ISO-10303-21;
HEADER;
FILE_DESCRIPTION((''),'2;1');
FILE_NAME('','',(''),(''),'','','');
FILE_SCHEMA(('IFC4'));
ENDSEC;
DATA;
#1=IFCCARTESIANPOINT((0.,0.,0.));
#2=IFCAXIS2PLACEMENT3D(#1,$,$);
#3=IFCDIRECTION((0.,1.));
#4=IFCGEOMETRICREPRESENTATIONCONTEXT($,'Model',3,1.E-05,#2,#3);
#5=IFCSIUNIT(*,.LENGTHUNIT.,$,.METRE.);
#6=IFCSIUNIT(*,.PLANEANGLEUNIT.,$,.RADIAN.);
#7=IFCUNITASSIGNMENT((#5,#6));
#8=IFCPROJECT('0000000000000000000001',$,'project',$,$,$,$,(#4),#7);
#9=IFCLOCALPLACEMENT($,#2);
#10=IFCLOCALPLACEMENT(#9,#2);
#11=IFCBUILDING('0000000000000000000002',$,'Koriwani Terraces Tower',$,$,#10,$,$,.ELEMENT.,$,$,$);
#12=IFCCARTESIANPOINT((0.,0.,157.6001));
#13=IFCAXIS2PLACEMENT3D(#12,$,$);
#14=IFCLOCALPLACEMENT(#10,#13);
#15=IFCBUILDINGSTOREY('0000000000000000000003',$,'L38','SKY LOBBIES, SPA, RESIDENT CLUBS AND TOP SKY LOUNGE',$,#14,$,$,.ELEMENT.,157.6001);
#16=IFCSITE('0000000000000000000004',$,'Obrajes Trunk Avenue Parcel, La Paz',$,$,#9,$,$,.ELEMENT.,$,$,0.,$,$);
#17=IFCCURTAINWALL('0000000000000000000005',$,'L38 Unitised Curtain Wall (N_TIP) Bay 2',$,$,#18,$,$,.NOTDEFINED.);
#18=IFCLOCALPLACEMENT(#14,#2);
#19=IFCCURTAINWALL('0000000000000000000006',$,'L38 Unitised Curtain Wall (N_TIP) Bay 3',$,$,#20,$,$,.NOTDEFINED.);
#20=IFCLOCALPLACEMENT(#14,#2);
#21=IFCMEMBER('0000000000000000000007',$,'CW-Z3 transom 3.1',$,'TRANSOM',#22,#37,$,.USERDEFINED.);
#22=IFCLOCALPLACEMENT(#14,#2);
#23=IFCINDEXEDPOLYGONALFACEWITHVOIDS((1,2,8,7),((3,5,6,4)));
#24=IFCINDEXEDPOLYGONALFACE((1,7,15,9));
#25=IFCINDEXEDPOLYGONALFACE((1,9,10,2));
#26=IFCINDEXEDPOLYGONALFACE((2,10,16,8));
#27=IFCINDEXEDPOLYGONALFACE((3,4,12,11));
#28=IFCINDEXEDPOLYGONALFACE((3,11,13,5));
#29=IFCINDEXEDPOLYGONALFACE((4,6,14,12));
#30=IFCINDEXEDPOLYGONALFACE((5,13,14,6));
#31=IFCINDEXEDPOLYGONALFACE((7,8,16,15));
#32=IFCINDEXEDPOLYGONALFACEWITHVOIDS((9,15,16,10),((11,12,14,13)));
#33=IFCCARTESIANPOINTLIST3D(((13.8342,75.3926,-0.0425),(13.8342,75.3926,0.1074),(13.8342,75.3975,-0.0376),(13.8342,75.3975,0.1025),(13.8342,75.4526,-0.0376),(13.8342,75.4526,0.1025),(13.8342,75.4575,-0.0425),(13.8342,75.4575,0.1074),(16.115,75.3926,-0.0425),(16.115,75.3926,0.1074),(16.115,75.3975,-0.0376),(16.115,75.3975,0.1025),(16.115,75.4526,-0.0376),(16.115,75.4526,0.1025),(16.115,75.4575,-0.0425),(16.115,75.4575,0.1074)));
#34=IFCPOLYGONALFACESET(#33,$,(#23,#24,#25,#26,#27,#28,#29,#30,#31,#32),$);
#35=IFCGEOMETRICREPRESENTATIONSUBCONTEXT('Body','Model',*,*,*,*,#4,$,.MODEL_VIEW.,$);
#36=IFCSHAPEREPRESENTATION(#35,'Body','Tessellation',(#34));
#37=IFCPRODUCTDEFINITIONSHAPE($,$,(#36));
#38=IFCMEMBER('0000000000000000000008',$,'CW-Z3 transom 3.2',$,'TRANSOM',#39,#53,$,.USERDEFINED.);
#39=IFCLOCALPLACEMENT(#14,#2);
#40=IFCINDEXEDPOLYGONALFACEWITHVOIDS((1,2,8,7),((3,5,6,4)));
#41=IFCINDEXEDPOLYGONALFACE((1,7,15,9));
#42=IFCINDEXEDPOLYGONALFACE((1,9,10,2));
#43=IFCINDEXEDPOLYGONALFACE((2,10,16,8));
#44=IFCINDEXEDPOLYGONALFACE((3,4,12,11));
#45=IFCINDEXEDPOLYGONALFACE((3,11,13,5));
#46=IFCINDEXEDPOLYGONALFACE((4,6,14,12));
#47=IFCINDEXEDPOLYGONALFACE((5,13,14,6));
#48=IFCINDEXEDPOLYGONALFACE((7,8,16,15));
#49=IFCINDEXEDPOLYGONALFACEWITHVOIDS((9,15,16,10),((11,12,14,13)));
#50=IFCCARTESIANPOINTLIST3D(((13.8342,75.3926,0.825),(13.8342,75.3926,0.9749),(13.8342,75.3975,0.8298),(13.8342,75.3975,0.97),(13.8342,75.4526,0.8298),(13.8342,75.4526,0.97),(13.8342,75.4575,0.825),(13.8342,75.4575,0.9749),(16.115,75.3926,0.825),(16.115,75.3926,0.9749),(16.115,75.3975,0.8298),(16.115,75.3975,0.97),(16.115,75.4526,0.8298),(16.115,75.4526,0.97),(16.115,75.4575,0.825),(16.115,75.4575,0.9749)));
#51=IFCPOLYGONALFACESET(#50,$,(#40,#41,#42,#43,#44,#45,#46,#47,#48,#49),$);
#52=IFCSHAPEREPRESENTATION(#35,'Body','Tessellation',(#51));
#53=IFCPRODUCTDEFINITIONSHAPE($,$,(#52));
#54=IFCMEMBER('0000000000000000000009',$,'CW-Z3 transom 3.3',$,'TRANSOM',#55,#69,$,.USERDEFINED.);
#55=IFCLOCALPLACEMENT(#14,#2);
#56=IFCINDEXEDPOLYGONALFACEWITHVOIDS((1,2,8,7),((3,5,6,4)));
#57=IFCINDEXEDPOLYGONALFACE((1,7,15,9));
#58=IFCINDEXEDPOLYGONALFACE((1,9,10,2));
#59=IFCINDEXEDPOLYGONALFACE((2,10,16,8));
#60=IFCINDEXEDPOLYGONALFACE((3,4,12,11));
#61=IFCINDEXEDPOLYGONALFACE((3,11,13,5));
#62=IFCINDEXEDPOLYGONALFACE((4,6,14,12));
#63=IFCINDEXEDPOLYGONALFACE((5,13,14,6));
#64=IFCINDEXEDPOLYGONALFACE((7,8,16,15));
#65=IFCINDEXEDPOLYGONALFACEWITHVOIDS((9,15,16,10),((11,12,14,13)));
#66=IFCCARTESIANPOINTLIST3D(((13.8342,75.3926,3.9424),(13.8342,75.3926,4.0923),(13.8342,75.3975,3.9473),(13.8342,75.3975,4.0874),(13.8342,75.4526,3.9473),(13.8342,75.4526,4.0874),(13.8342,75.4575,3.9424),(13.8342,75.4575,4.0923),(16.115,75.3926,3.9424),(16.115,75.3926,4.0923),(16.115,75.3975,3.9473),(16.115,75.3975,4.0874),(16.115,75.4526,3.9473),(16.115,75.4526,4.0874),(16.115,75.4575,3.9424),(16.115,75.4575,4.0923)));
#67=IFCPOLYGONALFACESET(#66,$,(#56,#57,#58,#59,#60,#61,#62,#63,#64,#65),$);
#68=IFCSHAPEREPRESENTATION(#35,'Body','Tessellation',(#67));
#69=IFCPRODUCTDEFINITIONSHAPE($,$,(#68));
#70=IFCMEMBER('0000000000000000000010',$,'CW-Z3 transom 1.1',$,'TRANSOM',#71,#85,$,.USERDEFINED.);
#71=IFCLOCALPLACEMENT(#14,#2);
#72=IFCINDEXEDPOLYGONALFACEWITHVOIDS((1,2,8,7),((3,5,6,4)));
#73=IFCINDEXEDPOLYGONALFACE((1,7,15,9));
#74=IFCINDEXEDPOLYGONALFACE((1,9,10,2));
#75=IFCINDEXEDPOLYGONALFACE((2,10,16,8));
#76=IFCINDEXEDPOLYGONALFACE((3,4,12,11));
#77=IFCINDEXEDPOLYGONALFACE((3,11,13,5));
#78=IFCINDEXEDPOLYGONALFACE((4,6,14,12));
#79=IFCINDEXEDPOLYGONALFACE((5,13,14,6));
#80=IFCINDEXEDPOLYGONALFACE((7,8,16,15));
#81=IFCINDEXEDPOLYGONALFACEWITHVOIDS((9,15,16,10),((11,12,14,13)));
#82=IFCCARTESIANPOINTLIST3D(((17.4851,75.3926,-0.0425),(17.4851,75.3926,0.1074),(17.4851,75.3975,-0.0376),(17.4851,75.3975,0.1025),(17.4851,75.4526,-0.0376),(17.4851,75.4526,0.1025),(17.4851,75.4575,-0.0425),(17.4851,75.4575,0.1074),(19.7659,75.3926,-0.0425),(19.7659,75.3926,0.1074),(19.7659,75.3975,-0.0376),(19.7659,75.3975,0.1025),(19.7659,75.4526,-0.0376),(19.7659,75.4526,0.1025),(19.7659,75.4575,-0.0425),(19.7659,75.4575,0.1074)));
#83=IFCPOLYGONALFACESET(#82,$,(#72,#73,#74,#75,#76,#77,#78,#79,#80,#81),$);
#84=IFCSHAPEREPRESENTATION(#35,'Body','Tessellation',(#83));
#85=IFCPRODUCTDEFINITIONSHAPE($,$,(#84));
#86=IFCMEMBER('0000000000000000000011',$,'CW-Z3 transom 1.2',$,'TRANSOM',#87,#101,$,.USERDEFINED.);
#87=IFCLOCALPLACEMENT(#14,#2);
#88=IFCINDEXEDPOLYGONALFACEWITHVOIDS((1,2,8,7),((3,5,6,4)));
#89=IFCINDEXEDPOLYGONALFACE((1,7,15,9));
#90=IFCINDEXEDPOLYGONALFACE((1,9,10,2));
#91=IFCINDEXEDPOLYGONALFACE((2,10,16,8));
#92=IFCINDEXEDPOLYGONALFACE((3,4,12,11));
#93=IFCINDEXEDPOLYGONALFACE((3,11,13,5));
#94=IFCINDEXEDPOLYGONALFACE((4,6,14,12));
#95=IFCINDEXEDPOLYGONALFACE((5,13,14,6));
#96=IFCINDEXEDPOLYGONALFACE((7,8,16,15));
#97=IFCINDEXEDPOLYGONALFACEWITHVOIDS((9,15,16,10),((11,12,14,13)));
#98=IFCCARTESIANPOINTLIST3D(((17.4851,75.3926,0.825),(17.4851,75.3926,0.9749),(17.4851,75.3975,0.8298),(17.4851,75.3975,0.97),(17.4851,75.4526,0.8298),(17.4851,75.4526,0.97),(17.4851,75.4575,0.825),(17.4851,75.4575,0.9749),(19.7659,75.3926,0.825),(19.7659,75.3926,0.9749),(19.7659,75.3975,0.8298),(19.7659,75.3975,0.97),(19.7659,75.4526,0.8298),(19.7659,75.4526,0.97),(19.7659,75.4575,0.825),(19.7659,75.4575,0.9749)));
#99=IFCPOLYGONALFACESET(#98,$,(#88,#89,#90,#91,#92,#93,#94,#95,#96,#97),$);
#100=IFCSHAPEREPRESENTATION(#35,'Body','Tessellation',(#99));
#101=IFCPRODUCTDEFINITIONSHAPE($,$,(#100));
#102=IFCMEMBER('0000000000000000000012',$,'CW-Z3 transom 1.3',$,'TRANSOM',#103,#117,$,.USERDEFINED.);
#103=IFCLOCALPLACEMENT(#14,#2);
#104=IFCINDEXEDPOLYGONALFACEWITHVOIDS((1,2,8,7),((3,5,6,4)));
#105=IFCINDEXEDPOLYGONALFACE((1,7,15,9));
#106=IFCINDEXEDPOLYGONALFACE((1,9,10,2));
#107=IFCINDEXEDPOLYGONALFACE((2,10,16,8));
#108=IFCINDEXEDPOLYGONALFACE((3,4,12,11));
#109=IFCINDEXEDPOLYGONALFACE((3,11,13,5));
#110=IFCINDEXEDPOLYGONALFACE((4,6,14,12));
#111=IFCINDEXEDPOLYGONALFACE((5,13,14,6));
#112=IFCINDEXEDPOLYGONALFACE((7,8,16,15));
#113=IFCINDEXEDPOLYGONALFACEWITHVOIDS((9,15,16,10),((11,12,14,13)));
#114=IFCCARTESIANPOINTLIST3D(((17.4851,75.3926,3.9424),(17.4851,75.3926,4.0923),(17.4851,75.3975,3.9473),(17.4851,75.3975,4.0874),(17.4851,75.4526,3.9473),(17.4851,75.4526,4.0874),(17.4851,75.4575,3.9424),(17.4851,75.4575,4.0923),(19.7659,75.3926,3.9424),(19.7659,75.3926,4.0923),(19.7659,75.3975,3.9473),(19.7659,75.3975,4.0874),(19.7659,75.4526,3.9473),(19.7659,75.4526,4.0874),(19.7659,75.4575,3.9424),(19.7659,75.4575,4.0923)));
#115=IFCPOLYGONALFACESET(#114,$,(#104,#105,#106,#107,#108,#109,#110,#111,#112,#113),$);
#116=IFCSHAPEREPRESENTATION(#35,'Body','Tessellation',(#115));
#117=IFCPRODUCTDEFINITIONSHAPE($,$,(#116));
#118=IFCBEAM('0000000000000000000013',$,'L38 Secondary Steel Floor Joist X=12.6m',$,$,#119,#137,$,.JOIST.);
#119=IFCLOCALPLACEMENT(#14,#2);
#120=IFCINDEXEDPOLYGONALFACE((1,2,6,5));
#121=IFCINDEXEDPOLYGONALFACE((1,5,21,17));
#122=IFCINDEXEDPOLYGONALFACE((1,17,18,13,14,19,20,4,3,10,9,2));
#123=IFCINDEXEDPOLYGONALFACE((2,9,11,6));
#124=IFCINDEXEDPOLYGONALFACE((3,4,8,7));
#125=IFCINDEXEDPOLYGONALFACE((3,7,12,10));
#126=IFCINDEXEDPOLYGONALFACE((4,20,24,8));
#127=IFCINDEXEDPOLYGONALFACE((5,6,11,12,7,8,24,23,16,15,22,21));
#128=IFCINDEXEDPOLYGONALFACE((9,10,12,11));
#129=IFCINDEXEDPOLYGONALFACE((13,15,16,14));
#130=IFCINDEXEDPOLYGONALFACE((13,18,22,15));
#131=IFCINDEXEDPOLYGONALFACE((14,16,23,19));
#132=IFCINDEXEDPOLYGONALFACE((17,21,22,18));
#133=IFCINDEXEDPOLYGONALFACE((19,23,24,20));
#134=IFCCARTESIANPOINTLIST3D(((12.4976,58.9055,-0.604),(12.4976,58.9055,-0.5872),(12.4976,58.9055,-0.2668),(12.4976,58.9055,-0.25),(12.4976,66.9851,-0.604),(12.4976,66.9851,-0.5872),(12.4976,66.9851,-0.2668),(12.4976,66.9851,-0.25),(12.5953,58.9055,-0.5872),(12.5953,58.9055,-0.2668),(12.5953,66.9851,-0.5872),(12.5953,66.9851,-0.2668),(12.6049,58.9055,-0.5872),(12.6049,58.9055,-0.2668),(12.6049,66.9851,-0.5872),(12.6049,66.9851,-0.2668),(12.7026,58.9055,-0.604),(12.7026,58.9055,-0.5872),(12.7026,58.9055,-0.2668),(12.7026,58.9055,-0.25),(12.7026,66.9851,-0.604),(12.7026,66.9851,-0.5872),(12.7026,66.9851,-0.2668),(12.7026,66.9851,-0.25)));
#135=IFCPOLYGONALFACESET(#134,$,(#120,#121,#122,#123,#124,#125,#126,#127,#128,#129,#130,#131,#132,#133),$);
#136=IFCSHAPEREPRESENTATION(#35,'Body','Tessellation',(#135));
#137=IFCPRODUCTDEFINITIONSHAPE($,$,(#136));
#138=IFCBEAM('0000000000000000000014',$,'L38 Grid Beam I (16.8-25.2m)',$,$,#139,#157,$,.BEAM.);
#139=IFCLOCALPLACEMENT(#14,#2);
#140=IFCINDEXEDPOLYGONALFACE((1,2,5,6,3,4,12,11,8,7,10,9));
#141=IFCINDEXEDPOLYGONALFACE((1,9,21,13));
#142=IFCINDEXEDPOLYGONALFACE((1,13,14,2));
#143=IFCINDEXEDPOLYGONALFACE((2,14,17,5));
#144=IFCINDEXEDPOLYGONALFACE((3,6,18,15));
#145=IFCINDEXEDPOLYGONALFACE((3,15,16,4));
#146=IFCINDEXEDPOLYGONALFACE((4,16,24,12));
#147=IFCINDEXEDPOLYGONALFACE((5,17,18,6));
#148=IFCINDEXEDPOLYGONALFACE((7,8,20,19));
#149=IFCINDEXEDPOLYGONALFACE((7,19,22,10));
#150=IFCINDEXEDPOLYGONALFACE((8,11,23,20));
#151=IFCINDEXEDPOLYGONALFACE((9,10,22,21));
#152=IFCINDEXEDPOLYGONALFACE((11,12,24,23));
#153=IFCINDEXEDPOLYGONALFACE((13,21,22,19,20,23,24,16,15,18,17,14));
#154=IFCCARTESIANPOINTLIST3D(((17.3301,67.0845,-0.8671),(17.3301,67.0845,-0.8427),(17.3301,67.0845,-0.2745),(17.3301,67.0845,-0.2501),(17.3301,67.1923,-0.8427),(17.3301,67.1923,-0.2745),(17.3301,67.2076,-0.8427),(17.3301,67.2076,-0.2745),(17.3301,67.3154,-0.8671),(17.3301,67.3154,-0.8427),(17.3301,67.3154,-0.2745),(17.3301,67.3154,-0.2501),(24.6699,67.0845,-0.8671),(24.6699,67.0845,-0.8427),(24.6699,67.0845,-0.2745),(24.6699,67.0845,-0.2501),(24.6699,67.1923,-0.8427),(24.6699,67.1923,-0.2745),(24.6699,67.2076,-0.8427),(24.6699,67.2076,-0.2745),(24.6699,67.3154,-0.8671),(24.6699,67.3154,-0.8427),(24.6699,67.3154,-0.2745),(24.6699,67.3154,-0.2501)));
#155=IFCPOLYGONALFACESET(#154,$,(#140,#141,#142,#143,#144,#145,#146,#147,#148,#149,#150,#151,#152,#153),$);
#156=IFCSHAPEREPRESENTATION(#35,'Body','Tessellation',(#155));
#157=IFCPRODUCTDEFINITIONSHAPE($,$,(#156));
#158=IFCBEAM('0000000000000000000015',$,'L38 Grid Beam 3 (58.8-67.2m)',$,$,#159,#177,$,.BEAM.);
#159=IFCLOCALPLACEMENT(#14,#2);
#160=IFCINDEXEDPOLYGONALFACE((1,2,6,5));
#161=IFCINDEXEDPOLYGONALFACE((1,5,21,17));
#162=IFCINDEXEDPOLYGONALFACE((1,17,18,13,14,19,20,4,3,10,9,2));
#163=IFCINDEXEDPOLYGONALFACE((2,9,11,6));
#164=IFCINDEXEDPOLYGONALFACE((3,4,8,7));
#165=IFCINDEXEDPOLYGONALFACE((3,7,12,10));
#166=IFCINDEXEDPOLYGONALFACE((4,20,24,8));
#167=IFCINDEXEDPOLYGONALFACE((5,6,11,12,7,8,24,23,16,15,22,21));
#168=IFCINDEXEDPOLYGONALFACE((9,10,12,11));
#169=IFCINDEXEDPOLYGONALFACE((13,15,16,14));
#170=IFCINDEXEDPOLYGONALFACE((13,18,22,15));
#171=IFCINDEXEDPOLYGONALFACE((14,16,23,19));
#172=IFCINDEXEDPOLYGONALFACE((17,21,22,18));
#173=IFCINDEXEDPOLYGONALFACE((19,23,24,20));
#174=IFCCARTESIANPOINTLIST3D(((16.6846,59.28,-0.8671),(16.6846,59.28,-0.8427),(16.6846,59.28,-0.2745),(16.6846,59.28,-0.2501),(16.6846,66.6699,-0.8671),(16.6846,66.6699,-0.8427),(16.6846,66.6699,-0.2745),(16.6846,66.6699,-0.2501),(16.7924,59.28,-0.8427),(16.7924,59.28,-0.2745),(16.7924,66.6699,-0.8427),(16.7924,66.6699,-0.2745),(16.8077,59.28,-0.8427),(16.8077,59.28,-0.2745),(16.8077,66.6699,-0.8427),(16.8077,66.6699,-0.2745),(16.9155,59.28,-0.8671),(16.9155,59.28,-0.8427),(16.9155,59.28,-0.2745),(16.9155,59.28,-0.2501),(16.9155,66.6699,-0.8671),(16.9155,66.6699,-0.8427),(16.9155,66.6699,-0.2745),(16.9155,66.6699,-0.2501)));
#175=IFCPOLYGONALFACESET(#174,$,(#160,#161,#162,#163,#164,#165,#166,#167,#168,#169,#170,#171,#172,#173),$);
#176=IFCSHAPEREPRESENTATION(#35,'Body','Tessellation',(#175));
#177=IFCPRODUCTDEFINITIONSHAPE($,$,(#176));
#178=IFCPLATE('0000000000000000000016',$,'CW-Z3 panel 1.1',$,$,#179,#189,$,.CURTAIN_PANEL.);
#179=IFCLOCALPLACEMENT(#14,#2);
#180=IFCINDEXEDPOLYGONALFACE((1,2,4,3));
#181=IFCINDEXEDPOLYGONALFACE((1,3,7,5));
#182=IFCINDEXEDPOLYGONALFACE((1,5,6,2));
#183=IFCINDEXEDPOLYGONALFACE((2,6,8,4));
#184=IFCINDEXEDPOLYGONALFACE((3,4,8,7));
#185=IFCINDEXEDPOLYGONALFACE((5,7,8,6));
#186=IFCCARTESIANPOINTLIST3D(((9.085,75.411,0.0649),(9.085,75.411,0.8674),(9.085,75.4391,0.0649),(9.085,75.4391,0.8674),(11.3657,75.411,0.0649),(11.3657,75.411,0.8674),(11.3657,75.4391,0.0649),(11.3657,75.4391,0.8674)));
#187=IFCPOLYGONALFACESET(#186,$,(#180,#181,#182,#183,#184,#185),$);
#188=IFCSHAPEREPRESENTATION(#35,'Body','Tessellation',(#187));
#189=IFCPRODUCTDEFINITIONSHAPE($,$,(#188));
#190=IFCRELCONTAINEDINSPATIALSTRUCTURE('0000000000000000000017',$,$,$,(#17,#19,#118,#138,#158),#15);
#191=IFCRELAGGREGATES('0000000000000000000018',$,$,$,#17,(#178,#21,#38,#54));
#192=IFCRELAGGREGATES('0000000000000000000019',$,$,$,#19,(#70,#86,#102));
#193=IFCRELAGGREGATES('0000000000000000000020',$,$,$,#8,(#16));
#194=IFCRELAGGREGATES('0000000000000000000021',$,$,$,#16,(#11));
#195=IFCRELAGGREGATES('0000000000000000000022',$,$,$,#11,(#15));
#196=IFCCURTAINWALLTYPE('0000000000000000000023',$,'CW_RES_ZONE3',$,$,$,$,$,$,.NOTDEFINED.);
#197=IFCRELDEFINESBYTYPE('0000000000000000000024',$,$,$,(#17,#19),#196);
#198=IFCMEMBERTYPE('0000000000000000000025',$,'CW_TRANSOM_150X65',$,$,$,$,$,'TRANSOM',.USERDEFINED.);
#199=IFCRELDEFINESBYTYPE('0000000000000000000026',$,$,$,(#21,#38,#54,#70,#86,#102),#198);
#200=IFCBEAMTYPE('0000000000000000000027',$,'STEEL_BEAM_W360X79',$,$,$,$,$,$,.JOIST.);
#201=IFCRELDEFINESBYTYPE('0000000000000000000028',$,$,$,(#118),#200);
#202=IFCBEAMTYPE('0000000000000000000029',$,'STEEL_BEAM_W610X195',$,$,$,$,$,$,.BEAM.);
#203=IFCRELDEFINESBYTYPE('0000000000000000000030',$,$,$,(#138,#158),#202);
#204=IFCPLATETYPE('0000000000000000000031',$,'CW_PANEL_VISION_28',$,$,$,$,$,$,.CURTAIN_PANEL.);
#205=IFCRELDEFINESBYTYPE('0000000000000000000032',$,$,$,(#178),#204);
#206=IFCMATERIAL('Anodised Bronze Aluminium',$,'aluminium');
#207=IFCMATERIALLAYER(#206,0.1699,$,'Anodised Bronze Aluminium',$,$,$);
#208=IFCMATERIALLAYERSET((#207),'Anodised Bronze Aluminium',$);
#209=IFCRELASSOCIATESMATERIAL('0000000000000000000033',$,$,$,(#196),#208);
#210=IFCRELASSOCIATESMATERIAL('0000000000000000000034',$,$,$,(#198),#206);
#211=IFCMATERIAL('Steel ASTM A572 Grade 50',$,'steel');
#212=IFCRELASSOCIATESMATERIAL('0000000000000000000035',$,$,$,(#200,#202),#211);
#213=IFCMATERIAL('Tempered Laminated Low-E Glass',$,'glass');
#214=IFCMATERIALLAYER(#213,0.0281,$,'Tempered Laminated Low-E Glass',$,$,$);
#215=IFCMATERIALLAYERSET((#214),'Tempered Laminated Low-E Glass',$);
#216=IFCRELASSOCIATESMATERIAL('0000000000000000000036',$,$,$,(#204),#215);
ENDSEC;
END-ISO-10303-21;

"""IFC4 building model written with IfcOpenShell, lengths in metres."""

from ifc_helpers import new_model, si_unit, direction, frame, origin, origin_2d, place, context, subcontext, project, spatial, rectangle, hollow_rectangle, i_section, extrude, material, layer, layer_set, material_profile, profile_set, type_object, element, aggregate, save


model = new_model("IFC4")

# Units and contexts
model_context = context("Model", 3, precision=1e-05, world=origin(), true_north=direction((0.0, 1.0)))
body_context = subcontext(model_context, "Body", "Model", "MODEL_VIEW")
ifc_project = project(units=[si_unit("LENGTHUNIT", "METRE"), si_unit("PLANEANGLEUNIT", "RADIAN")], contexts=[model_context])

# Site, building, storey
site_placement = place(None, origin())
site = spatial("IfcSite", under=ifc_project, at=site_placement, Name="Obrajes Trunk Avenue Parcel, La Paz", CompositionType="ELEMENT", RefElevation=0.0)
building_placement = place(site_placement, origin())
building = spatial("IfcBuilding", under=site, at=building_placement, Name="Koriwani Terraces Tower", CompositionType="ELEMENT")
storey_placement = place(building_placement, frame((0.0, 0.0, 157.6001)))
storey = spatial("IfcBuildingStorey", under=building, at=storey_placement, Name="L38", Description="SKY LOBBIES, SPA, RESIDENT CLUBS AND TOP SKY LOUNGE", CompositionType="ELEMENT", Elevation=157.6001)

# Curtain wall
ifc_material_1 = material(Name="Anodised Bronze Aluminium", Category="aluminium")
ifc_layer_1 = layer(ifc_material_1, 0.1699, Name="Anodised Bronze Aluminium")
ifc_layer_set_1 = layer_set([ifc_layer_1], Name="Anodised Bronze Aluminium")
curtain_wall_type = type_object("IfcCurtainWallType", Name="CW_RES_ZONE3", PredefinedType="NOTDEFINED", material=ifc_layer_set_1)
curtain_wall_1_placement = place(storey_placement, origin())
curtain_wall_1 = element("IfcCurtainWall", 1, at=curtain_wall_1_placement, inside=storey, type_object=curtain_wall_type, Name="L38 Unitised Curtain Wall (N_TIP) Bay 2", PredefinedType="NOTDEFINED")

# Curtain wall
curtain_wall_2_placement = place(storey_placement, origin())
curtain_wall_2 = element("IfcCurtainWall", 2, at=curtain_wall_2_placement, inside=storey, type_object=curtain_wall_type, Name="L38 Unitised Curtain Wall (N_TIP) Bay 3", PredefinedType="NOTDEFINED")

# Members
ifc_material_profile_1 = material_profile(ifc_material_1, hollow_rectangle(XDim=0.0649, YDim=0.1499, WallThickness=0.0049, at=origin_2d()), Name="Anodised Bronze Aluminium", Category="LoadBearing")
ifc_profile_set_1 = profile_set([ifc_material_profile_1], Name="Anodised Bronze Aluminium")
member_type_1 = type_object("IfcMemberType", Name="CW_TRANSOM_150X65", ElementType="TRANSOM", PredefinedType="USERDEFINED", material=ifc_profile_set_1)
member_1_placement = place(storey_placement, frame((13.8342, 75.425, 0.0325), z_axis=(1.0, 0.0, 0.0), x_axis=(0.0, 1.0, 0.0)))
member_1 = element("IfcMember", 3, at=member_1_placement, type_object=member_type_1, Name="CW-Z3 transom 3.1", ObjectType="TRANSOM", PredefinedType="USERDEFINED", context=body_context, shape_type="SweptSolid", body=[
    extrude(hollow_rectangle(XDim=0.0649, YDim=0.1499, WallThickness=0.0049, at=origin_2d()), origin(), (0.0, 0.0, 1.0), 2.2808),
])
member_2_placement = place(storey_placement, frame((13.8342, 75.425, 0.8999), z_axis=(1.0, 0.0, 0.0), x_axis=(0.0, 1.0, 0.0)))
member_2 = element("IfcMember", 4, at=member_2_placement, type_object=member_type_1, Name="CW-Z3 transom 3.2", ObjectType="TRANSOM", PredefinedType="USERDEFINED", context=body_context, shape_type="SweptSolid", body=[
    extrude(hollow_rectangle(XDim=0.0649, YDim=0.1499, WallThickness=0.0049, at=origin_2d()), origin(), (0.0, 0.0, 1.0), 2.2808),
])
member_3_placement = place(storey_placement, frame((13.8342, 75.425, 4.0173), z_axis=(1.0, 0.0, 0.0), x_axis=(0.0, 1.0, 0.0)))
member_3 = element("IfcMember", 5, at=member_3_placement, type_object=member_type_1, Name="CW-Z3 transom 3.3", ObjectType="TRANSOM", PredefinedType="USERDEFINED", context=body_context, shape_type="SweptSolid", body=[
    extrude(hollow_rectangle(XDim=0.0649, YDim=0.1499, WallThickness=0.0049, at=origin_2d()), origin(), (0.0, 0.0, 1.0), 2.2808),
])
member_4_placement = place(storey_placement, frame((17.4851, 75.425, 0.0325), z_axis=(1.0, 0.0, 0.0), x_axis=(0.0, 1.0, 0.0)))
member_4 = element("IfcMember", 6, at=member_4_placement, type_object=member_type_1, Name="CW-Z3 transom 1.1", ObjectType="TRANSOM", PredefinedType="USERDEFINED", context=body_context, shape_type="SweptSolid", body=[
    extrude(hollow_rectangle(XDim=0.0649, YDim=0.1499, WallThickness=0.0049, at=origin_2d()), origin(), (0.0, 0.0, 1.0), 2.2808),
])
member_5_placement = place(storey_placement, frame((17.4851, 75.425, 0.8999), z_axis=(1.0, 0.0, 0.0), x_axis=(0.0, 1.0, 0.0)))
member_5 = element("IfcMember", 7, at=member_5_placement, type_object=member_type_1, Name="CW-Z3 transom 1.2", ObjectType="TRANSOM", PredefinedType="USERDEFINED", context=body_context, shape_type="SweptSolid", body=[
    extrude(hollow_rectangle(XDim=0.0649, YDim=0.1499, WallThickness=0.0049, at=origin_2d()), origin(), (0.0, 0.0, 1.0), 2.2808),
])
member_6_placement = place(storey_placement, frame((17.4851, 75.425, 4.0173), z_axis=(1.0, 0.0, 0.0), x_axis=(0.0, 1.0, 0.0)))
member_6 = element("IfcMember", 8, at=member_6_placement, type_object=member_type_1, Name="CW-Z3 transom 1.3", ObjectType="TRANSOM", PredefinedType="USERDEFINED", context=body_context, shape_type="SweptSolid", body=[
    extrude(hollow_rectangle(XDim=0.0649, YDim=0.1499, WallThickness=0.0049, at=origin_2d()), origin(), (0.0, 0.0, 1.0), 2.2808),
])

# Beams
ifc_material_2 = material(Name="Steel ASTM A572 Grade 50", Category="steel")
ifc_material_profile_2 = material_profile(ifc_material_2, i_section(OverallWidth=0.2051, OverallDepth=0.354, WebThickness=0.0095, FlangeThickness=0.0168, at=origin_2d()), Name="Steel ASTM A572 Grade 50", Category="LoadBearing")
ifc_profile_set_2 = profile_set([ifc_material_profile_2], Name="Steel ASTM A572 Grade 50")
beam_type_1 = type_object("IfcBeamType", Name="STEEL_BEAM_W360X79", PredefinedType="JOIST", material=ifc_profile_set_2)
beam_1_placement = place(storey_placement, frame((12.6001, 58.9055, -0.427), z_axis=(0.0, 1.0, 0.0), x_axis=(-1.0, 0.0, 0.0)))
element("IfcBeam", 9, at=beam_1_placement, inside=storey, type_object=beam_type_1, Name="L38 Secondary Steel Floor Joist X=12.6m", PredefinedType="JOIST", context=body_context, shape_type="SweptSolid", body=[
    extrude(i_section(OverallWidth=0.2051, OverallDepth=0.354, WebThickness=0.0095, FlangeThickness=0.0168, at=origin_2d()), origin(), (0.0, 0.0, 1.0), 8.0796),
])
ifc_material_profile_3 = material_profile(ifc_material_2, i_section(OverallWidth=0.231, OverallDepth=0.6169, WebThickness=0.0154, FlangeThickness=0.0244, at=origin_2d()), Name="Steel ASTM A572 Grade 50", Category="LoadBearing")
ifc_profile_set_3 = profile_set([ifc_material_profile_3], Name="Steel ASTM A572 Grade 50")
beam_type_2 = type_object("IfcBeamType", Name="STEEL_BEAM_W610X195", PredefinedType="BEAM", material=ifc_profile_set_3)
beam_2_placement = place(storey_placement, frame((17.3301, 67.2, -0.5586), z_axis=(1.0, 0.0, 0.0), x_axis=(0.0, 1.0, 0.0)))
element("IfcBeam", 10, at=beam_2_placement, inside=storey, type_object=beam_type_2, Name="L38 Grid Beam I (16.8-25.2m)", PredefinedType="BEAM", context=body_context, shape_type="SweptSolid", body=[
    extrude(i_section(OverallWidth=0.231, OverallDepth=0.6169, WebThickness=0.0154, FlangeThickness=0.0244, at=origin_2d()), origin(), (0.0, 0.0, 1.0), 7.3398),
])
beam_3_placement = place(storey_placement, frame((16.8, 59.28, -0.5586), z_axis=(0.0, 1.0, 0.0), x_axis=(-1.0, 0.0, 0.0)))
element("IfcBeam", 11, at=beam_3_placement, inside=storey, type_object=beam_type_2, Name="L38 Grid Beam 3 (58.8-67.2m)", PredefinedType="BEAM", context=body_context, shape_type="SweptSolid", body=[
    extrude(i_section(OverallWidth=0.231, OverallDepth=0.6169, WebThickness=0.0154, FlangeThickness=0.0244, at=origin_2d()), origin(), (0.0, 0.0, 1.0), 7.3899),
])

# Plate
ifc_material_3 = material(Name="Tempered Laminated Low-E Glass", Category="glass")
ifc_layer_2 = layer(ifc_material_3, 0.0281, Name="Tempered Laminated Low-E Glass")
ifc_layer_set_2 = layer_set([ifc_layer_2], Name="Tempered Laminated Low-E Glass")
plate_type = type_object("IfcPlateType", Name="CW_PANEL_VISION_28", PredefinedType="CURTAIN_PANEL", material=ifc_layer_set_2)
plate_1_placement = place(storey_placement, frame((10.2253, 75.425, 0.0649), z_axis=(0.0, 0.0, 1.0), x_axis=(1.0, 0.0, 0.0)))
plate_1 = element("IfcPlate", 12, at=plate_1_placement, type_object=plate_type, Name="CW-Z3 panel 1.1", PredefinedType="CURTAIN_PANEL", context=body_context, shape_type="SweptSolid", body=[
    extrude(rectangle(XDim=2.2808, YDim=0.0281, at=origin_2d()), origin(), (0.0, 0.0, 1.0), 0.8025),
])
aggregate(curtain_wall_1, [plate_1, member_1, member_2, member_3])
aggregate(curtain_wall_2, [member_4, member_5, member_6])

save(model, "model.ifc")
